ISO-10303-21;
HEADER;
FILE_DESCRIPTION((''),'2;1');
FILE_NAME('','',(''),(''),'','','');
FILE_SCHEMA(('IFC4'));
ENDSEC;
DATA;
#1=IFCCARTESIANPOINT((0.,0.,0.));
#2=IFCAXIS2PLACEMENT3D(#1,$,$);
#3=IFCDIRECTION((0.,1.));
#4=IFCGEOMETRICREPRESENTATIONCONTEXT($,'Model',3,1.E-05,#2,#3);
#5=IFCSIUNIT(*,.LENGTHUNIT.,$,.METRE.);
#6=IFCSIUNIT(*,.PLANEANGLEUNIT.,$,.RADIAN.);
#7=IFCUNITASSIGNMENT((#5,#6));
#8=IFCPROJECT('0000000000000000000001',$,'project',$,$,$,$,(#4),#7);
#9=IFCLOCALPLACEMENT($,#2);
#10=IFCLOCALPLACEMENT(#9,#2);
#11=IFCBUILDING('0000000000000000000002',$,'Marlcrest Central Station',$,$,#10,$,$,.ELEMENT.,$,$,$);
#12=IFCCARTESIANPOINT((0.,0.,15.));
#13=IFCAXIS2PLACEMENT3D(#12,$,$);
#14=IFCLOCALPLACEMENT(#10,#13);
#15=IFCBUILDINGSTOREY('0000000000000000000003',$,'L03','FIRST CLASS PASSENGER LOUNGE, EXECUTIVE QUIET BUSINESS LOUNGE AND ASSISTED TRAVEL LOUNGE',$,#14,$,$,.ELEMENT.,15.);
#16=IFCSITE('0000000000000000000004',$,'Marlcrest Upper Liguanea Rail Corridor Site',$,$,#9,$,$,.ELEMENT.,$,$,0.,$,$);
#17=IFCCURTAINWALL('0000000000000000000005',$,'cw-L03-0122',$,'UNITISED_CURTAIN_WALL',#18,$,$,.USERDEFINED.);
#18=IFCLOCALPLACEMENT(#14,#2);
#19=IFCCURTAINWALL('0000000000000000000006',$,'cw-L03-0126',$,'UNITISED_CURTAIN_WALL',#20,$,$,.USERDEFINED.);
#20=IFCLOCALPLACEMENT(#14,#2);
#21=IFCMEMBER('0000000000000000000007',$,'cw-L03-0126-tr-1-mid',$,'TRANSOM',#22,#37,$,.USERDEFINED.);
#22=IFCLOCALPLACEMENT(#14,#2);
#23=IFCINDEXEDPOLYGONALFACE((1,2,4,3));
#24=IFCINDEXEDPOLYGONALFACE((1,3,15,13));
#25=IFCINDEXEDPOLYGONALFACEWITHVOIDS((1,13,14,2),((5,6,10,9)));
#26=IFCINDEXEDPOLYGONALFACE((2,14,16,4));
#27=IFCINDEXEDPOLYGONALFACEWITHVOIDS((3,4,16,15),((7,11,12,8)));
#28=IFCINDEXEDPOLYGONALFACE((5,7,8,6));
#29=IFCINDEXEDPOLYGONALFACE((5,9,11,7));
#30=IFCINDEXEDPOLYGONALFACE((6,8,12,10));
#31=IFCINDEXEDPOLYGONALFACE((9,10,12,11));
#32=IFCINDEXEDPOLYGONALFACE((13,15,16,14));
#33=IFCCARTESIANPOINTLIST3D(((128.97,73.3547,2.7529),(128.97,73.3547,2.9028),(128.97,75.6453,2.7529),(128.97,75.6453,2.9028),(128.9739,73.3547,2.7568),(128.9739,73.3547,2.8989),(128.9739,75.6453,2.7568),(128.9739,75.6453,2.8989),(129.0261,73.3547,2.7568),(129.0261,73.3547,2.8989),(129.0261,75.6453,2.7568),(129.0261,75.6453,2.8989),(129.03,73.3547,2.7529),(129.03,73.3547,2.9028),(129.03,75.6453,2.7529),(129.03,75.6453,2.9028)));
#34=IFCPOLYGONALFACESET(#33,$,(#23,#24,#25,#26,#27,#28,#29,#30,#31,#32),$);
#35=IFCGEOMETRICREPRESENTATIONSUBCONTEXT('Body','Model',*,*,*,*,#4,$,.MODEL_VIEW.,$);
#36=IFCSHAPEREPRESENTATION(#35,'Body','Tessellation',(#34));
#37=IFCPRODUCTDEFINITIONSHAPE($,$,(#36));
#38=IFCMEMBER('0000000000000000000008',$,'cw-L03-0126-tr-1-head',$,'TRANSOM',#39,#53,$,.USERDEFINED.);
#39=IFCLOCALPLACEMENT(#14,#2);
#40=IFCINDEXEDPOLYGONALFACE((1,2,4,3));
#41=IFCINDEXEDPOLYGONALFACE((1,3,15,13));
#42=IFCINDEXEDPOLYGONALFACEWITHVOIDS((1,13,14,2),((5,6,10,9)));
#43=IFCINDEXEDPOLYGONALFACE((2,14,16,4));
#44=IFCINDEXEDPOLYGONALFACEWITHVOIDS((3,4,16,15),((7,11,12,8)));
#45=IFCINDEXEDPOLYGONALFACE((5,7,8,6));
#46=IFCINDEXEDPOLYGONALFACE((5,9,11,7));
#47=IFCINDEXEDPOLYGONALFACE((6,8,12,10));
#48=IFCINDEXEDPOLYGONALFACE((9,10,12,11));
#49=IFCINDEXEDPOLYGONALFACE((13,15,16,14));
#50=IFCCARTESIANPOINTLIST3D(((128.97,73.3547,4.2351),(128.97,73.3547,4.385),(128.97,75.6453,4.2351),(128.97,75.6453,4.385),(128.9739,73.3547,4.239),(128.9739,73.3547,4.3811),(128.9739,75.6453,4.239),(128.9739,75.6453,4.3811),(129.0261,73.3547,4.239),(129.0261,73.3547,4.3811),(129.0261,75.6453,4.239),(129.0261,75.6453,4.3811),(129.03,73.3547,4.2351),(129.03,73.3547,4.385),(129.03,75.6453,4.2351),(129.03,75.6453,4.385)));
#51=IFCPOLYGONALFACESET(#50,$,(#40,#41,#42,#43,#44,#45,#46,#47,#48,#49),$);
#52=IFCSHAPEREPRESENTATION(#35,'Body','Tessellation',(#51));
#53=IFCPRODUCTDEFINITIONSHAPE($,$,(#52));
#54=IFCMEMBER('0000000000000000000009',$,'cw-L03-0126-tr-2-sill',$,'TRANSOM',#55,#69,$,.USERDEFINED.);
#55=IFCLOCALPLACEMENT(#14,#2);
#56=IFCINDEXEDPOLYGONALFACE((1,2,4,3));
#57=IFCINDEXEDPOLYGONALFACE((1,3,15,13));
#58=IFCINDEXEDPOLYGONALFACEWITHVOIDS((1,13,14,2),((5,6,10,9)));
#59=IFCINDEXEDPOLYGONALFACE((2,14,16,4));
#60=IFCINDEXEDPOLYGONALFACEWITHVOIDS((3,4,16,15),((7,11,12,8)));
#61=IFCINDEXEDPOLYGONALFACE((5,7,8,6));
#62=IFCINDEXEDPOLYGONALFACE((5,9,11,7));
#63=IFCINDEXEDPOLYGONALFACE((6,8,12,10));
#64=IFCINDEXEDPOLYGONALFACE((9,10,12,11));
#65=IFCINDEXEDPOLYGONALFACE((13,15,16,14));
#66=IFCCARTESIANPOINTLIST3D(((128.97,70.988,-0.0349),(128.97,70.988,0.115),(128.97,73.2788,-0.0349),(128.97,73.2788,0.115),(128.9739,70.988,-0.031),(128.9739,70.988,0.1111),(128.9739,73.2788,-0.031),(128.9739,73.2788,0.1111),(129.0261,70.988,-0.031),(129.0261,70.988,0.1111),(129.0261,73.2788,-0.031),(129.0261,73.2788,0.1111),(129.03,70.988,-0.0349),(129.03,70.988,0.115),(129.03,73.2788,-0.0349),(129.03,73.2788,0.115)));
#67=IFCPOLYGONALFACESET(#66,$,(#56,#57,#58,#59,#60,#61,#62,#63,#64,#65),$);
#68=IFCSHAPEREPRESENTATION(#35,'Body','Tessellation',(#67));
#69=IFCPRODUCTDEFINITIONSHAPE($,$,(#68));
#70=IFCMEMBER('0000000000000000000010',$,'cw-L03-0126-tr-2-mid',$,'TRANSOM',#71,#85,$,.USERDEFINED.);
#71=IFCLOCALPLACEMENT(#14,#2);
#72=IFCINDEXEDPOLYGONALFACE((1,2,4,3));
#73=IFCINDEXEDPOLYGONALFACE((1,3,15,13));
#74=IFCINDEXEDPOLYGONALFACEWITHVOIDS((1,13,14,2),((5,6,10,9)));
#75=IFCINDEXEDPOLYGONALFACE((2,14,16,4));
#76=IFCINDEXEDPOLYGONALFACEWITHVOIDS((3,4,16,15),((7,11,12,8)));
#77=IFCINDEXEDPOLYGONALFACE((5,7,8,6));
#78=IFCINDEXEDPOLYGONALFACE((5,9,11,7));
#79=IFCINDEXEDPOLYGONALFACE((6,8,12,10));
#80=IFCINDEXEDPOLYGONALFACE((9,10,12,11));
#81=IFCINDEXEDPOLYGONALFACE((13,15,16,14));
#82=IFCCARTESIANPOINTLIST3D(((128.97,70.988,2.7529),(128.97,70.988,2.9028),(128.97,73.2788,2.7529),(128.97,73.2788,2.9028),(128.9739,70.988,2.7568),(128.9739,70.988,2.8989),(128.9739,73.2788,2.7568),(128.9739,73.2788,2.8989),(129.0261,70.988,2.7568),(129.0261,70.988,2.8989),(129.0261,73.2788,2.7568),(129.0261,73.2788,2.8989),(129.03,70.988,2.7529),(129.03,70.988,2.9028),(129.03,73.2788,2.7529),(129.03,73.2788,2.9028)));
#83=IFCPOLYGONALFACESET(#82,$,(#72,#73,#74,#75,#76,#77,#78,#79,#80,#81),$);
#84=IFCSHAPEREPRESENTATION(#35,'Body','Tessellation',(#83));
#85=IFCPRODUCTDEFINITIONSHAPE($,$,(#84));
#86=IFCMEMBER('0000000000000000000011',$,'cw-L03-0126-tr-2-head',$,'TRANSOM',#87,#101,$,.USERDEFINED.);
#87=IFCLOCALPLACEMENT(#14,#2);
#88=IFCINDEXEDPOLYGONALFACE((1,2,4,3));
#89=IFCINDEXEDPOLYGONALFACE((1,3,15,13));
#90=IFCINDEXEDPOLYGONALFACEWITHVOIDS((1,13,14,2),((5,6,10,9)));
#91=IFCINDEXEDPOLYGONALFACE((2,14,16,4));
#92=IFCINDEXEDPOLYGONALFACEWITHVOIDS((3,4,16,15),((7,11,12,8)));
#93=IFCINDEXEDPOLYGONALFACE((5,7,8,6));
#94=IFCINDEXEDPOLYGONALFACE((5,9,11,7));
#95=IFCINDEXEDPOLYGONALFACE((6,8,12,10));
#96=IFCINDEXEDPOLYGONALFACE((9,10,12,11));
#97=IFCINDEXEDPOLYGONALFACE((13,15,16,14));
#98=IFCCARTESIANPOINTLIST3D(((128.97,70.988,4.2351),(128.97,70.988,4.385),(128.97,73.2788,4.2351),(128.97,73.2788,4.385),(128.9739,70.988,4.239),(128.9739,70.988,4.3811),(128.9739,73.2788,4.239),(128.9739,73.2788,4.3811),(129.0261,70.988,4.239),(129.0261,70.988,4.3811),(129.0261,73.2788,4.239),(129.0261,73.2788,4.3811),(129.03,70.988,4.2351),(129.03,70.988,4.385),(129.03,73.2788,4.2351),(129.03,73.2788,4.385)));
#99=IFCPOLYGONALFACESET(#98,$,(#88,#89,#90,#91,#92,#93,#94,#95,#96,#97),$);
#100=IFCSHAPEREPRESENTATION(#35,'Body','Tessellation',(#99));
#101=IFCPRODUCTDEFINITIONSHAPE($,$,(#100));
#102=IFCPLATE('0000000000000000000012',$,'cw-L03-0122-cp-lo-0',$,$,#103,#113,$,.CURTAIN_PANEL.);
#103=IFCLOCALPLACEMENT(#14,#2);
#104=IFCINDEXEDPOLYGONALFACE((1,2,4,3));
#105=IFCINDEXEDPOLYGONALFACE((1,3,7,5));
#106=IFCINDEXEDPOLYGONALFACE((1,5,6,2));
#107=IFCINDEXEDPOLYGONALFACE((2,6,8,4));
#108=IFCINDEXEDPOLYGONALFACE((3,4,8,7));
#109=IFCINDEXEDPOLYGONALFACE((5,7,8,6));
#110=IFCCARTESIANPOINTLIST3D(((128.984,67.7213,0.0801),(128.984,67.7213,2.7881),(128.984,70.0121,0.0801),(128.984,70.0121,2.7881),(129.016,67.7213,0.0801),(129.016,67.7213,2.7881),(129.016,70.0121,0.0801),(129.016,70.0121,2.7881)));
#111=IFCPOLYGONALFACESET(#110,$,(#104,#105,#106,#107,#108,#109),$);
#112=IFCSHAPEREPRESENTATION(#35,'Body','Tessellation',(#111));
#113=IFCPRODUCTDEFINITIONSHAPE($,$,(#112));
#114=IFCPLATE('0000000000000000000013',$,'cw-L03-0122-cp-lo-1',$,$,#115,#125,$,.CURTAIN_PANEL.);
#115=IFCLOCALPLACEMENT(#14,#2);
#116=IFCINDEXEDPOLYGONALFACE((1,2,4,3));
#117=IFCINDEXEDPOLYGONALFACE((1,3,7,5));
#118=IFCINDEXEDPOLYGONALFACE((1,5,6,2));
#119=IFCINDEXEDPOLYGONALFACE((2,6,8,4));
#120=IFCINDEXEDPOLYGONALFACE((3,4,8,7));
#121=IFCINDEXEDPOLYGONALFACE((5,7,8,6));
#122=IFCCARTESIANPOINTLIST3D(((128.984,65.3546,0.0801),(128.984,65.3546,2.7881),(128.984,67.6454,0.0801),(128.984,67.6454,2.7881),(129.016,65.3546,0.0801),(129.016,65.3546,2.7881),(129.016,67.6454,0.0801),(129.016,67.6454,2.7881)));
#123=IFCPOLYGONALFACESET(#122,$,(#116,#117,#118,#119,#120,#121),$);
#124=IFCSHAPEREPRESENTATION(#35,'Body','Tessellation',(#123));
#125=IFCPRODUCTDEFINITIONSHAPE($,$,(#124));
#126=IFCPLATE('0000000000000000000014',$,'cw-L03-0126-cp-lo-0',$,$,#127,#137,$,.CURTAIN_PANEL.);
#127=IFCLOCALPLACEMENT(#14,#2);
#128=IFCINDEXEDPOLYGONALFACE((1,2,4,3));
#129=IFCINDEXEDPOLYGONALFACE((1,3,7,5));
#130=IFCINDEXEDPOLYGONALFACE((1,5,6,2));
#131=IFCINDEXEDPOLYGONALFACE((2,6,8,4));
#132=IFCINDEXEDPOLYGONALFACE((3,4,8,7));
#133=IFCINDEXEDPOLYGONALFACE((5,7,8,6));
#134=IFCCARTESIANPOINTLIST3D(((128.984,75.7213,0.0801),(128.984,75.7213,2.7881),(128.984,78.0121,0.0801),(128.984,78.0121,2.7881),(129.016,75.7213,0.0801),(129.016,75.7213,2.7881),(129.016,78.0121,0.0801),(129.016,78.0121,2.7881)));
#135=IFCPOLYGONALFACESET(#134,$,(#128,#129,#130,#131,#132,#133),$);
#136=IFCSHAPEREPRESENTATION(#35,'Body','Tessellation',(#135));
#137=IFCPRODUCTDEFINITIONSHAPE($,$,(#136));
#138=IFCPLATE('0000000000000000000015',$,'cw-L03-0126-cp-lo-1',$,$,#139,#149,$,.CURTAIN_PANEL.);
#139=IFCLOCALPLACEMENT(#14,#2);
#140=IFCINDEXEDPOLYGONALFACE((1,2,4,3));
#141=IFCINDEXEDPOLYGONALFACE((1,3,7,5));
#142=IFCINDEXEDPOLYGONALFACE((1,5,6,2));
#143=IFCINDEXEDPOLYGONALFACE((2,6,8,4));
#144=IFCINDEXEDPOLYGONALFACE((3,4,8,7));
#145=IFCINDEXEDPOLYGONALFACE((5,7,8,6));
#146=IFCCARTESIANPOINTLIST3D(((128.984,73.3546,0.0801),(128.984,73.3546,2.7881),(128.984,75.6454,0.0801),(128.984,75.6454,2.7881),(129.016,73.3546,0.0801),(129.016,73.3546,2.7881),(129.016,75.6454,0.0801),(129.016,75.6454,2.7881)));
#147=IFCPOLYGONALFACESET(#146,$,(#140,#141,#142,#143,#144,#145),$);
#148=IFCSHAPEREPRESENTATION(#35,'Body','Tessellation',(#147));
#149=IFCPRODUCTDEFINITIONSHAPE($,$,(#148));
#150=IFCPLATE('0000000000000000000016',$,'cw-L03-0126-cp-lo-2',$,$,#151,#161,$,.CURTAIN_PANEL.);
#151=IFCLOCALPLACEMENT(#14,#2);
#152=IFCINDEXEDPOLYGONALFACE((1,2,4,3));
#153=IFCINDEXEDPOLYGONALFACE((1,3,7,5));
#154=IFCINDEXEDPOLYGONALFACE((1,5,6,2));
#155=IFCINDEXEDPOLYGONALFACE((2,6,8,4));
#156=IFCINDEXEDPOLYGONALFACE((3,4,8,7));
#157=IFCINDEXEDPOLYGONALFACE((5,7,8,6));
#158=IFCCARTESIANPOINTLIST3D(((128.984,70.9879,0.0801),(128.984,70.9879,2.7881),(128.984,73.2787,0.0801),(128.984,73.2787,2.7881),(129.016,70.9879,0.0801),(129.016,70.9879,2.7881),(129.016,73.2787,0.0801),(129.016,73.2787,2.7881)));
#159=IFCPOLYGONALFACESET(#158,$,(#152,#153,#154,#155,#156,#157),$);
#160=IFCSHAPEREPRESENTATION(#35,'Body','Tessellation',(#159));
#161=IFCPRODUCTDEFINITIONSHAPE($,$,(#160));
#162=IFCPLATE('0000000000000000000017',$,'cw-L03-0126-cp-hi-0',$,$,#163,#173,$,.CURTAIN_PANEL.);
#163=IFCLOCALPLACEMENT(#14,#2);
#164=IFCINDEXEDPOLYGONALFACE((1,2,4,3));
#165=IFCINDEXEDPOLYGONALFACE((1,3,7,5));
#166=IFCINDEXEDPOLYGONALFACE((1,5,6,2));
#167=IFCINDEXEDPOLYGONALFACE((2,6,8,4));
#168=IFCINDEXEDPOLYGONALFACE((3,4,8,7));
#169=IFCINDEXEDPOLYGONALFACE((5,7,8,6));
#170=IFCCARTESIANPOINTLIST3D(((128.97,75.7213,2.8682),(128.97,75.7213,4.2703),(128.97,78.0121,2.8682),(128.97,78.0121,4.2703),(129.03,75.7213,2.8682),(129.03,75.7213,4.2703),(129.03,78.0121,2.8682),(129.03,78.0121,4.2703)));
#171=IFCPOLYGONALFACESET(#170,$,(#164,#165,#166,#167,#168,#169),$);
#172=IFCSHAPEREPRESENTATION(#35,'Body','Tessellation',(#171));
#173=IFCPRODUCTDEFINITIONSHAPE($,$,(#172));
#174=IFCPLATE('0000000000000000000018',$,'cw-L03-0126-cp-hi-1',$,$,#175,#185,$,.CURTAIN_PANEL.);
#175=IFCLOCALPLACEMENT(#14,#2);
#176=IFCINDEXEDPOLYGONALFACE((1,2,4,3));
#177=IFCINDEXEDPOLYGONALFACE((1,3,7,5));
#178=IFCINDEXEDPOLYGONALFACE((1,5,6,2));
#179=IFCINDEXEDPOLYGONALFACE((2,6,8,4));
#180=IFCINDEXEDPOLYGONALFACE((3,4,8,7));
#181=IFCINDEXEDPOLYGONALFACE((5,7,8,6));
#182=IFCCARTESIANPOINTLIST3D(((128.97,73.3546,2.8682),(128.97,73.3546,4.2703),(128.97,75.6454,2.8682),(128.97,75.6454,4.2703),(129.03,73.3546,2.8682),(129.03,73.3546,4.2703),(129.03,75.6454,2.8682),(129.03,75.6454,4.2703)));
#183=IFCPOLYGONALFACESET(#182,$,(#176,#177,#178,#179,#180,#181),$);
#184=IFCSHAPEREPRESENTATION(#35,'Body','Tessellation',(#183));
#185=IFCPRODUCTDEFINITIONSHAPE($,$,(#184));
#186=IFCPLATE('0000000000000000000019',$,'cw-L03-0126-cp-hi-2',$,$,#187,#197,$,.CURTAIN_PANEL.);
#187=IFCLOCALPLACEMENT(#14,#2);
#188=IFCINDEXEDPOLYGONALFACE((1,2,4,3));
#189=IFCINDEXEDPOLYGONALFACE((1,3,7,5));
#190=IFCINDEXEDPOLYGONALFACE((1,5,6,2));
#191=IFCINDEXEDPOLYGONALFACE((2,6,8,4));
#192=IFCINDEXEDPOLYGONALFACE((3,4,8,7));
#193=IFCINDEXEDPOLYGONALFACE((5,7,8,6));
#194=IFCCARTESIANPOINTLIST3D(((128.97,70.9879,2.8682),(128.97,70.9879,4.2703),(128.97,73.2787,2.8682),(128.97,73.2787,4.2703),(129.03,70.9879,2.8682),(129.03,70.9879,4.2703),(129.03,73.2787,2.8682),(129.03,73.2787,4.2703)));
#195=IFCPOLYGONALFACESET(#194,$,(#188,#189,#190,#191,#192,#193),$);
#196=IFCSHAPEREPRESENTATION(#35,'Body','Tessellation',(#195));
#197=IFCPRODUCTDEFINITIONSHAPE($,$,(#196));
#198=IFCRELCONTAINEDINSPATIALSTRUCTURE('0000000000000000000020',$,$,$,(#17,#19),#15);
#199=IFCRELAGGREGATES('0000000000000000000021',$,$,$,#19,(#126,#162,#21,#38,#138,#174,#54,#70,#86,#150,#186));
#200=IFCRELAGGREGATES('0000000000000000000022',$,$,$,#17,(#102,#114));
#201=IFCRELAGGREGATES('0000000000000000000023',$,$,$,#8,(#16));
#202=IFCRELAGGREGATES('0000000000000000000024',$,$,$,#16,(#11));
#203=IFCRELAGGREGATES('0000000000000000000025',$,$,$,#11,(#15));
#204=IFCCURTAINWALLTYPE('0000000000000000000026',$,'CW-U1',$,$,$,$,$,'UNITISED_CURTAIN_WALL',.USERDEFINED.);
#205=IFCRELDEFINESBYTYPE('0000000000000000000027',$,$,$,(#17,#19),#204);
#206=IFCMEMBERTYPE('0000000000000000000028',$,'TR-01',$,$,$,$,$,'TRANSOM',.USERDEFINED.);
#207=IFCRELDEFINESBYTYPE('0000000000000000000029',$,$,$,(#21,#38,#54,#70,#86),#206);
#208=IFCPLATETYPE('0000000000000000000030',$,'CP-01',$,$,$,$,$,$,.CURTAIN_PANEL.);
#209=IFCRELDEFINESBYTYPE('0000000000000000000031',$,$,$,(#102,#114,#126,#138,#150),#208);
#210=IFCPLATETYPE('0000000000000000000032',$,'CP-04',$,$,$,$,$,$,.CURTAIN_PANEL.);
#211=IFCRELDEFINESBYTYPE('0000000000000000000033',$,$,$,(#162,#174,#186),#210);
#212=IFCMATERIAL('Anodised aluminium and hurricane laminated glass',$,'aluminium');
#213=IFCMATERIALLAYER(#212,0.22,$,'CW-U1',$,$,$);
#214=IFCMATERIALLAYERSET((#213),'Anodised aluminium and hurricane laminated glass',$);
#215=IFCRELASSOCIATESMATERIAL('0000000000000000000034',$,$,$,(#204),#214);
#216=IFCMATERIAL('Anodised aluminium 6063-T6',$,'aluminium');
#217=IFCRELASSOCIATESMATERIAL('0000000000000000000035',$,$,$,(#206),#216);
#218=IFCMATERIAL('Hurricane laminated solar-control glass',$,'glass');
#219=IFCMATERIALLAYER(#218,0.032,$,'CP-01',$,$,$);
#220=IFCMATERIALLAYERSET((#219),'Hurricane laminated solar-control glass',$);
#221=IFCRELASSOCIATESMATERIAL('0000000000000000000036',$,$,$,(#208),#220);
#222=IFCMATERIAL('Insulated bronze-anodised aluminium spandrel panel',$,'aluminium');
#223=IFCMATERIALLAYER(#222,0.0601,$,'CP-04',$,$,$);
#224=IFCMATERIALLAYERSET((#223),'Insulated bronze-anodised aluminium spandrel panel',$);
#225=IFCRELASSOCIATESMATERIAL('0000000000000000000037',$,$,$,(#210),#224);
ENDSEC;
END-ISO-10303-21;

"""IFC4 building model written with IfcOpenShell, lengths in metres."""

from ifc_helpers import new_model, si_unit, direction, frame, origin, origin_2d, place, context, subcontext, project, spatial, rectangle, hollow_rectangle, extrude, material, layer, layer_set, material_profile, profile_set, type_object, element, aggregate, save


model = new_model("IFC4")

# Units and contexts
model_context = context("Model", 3, precision=1e-05, world=origin(), true_north=direction((0.0, 1.0)))
body_context = subcontext(model_context, "Body", "Model", "MODEL_VIEW")
ifc_project = project(units=[si_unit("LENGTHUNIT", "METRE"), si_unit("PLANEANGLEUNIT", "RADIAN")], contexts=[model_context])

# Site, building, storey
site_placement = place(None, origin())
site = spatial("IfcSite", under=ifc_project, at=site_placement, Name="Marlcrest Upper Liguanea Rail Corridor Site", CompositionType="ELEMENT", RefElevation=0.0)
building_placement = place(site_placement, origin())
building = spatial("IfcBuilding", under=site, at=building_placement, Name="Marlcrest Central Station", CompositionType="ELEMENT")
storey_placement = place(building_placement, frame((0.0, 0.0, 15.0)))
storey = spatial("IfcBuildingStorey", under=building, at=storey_placement, Name="L03", Description="FIRST CLASS PASSENGER LOUNGE, EXECUTIVE QUIET BUSINESS LOUNGE AND ASSISTED TRAVEL LOUNGE", CompositionType="ELEMENT", Elevation=15.0)

# Curtain walls
ifc_material_1 = material(Name="Anodised aluminium and hurricane laminated glass", Category="aluminium")
ifc_layer_1 = layer(ifc_material_1, 0.22, Name="CW-U1")
ifc_layer_set_1 = layer_set([ifc_layer_1], Name="Anodised aluminium and hurricane laminated glass")
curtain_wall_type = type_object("IfcCurtainWallType", Name="CW-U1", ElementType="UNITISED_CURTAIN_WALL", PredefinedType="USERDEFINED", material=ifc_layer_set_1)
curtain_wall_1_placement = place(storey_placement, origin())
curtain_wall_1 = element("IfcCurtainWall", 1, at=curtain_wall_1_placement, inside=storey, type_object=curtain_wall_type, Name="cw-L03-0122", ObjectType="UNITISED_CURTAIN_WALL", PredefinedType="USERDEFINED")
ifc_material_2 = material(Name="Anodised aluminium 6063-T6", Category="aluminium")
curtain_wall_2_placement = place(storey_placement, origin())
curtain_wall_2 = element("IfcCurtainWall", 2, at=curtain_wall_2_placement, inside=storey, type_object=curtain_wall_type, Name="cw-L03-0126", ObjectType="UNITISED_CURTAIN_WALL", PredefinedType="USERDEFINED")

# Members
ifc_material_profile_1 = material_profile(ifc_material_2, hollow_rectangle(XDim=0.0601, YDim=0.1499, WallThickness=0.0039, at=origin_2d()), Name="AA-RHS 150x60x4")
ifc_profile_set_1 = profile_set([ifc_material_profile_1], Name="Anodised aluminium 6063-T6")
member_type_1 = type_object("IfcMemberType", Name="TR-01", ElementType="TRANSOM", PredefinedType="USERDEFINED", material=ifc_profile_set_1)
member_1_placement = place(storey_placement, frame((129.0, 75.6453, 2.8279), z_axis=(0.0, -1.0, 0.0), x_axis=(1.0, 0.0, 0.0)))
member_1 = element("IfcMember", 3, at=member_1_placement, type_object=member_type_1, Name="cw-L03-0126-tr-1-mid", ObjectType="TRANSOM", PredefinedType="USERDEFINED", context=body_context, shape_type="SweptSolid", body=[
    extrude(hollow_rectangle(XDim=0.0601, YDim=0.1499, WallThickness=0.0039, at=origin_2d()), origin(), (0.0, 0.0, 1.0), 2.2905),
])
member_2_placement = place(storey_placement, frame((129.0, 75.6453, 4.3101), z_axis=(0.0, -1.0, 0.0), x_axis=(1.0, 0.0, 0.0)))
member_2 = element("IfcMember", 4, at=member_2_placement, type_object=member_type_1, Name="cw-L03-0126-tr-1-head", ObjectType="TRANSOM", PredefinedType="USERDEFINED", context=body_context, shape_type="SweptSolid", body=[
    extrude(hollow_rectangle(XDim=0.0601, YDim=0.1499, WallThickness=0.0039, at=origin_2d()), origin(), (0.0, 0.0, 1.0), 2.2905),
])
member_3_placement = place(storey_placement, frame((129.0, 73.2788, 0.04), z_axis=(0.0, -1.0, 0.0), x_axis=(1.0, 0.0, 0.0)))
member_3 = element("IfcMember", 5, at=member_3_placement, type_object=member_type_1, Name="cw-L03-0126-tr-2-sill", ObjectType="TRANSOM", PredefinedType="USERDEFINED", context=body_context, shape_type="SweptSolid", body=[
    extrude(hollow_rectangle(XDim=0.0601, YDim=0.1499, WallThickness=0.0039, at=origin_2d()), origin(), (0.0, 0.0, 1.0), 2.2908),
])
member_4_placement = place(storey_placement, frame((129.0, 73.2788, 2.8279), z_axis=(0.0, -1.0, 0.0), x_axis=(1.0, 0.0, 0.0)))
member_4 = element("IfcMember", 6, at=member_4_placement, type_object=member_type_1, Name="cw-L03-0126-tr-2-mid", ObjectType="TRANSOM", PredefinedType="USERDEFINED", context=body_context, shape_type="SweptSolid", body=[
    extrude(hollow_rectangle(XDim=0.0601, YDim=0.1499, WallThickness=0.0039, at=origin_2d()), origin(), (0.0, 0.0, 1.0), 2.2908),
])
member_5_placement = place(storey_placement, frame((129.0, 73.2788, 4.3101), z_axis=(0.0, -1.0, 0.0), x_axis=(1.0, 0.0, 0.0)))
member_5 = element("IfcMember", 7, at=member_5_placement, type_object=member_type_1, Name="cw-L03-0126-tr-2-head", ObjectType="TRANSOM", PredefinedType="USERDEFINED", context=body_context, shape_type="SweptSolid", body=[
    extrude(hollow_rectangle(XDim=0.0601, YDim=0.1499, WallThickness=0.0039, at=origin_2d()), origin(), (0.0, 0.0, 1.0), 2.2908),
])

# Plates
ifc_material_3 = material(Name="Hurricane laminated solar-control glass", Category="glass")
ifc_layer_2 = layer(ifc_material_3, 0.032, Name="CP-01")
ifc_layer_set_2 = layer_set([ifc_layer_2], Name="Hurricane laminated solar-control glass")
plate_type_1 = type_object("IfcPlateType", Name="CP-01", PredefinedType="CURTAIN_PANEL", material=ifc_layer_set_2)
plate_1_placement = place(storey_placement, frame((129.0, 68.8667, 0.0801), z_axis=(0.0, 0.0, 1.0), x_axis=(0.0, -1.0, 0.0)))
plate_1 = element("IfcPlate", 8, at=plate_1_placement, type_object=plate_type_1, Name="cw-L03-0122-cp-lo-0", PredefinedType="CURTAIN_PANEL", context=body_context, shape_type="SweptSolid", body=[
    extrude(rectangle(XDim=2.2908, YDim=0.032, at=origin_2d()), origin(), (0.0, 0.0, 1.0), 2.708),
])
plate_2_placement = place(storey_placement, frame((129.0, 66.5, 0.0801), z_axis=(0.0, 0.0, 1.0), x_axis=(0.0, -1.0, 0.0)))
plate_2 = element("IfcPlate", 9, at=plate_2_placement, type_object=plate_type_1, Name="cw-L03-0122-cp-lo-1", PredefinedType="CURTAIN_PANEL", context=body_context, shape_type="SweptSolid", body=[
    extrude(rectangle(XDim=2.2908, YDim=0.032, at=origin_2d()), origin(), (0.0, 0.0, 1.0), 2.708),
])
plate_3_placement = place(storey_placement, frame((129.0, 76.8667, 0.0801), z_axis=(0.0, 0.0, 1.0), x_axis=(0.0, -1.0, 0.0)))
plate_3 = element("IfcPlate", 10, at=plate_3_placement, type_object=plate_type_1, Name="cw-L03-0126-cp-lo-0", PredefinedType="CURTAIN_PANEL", context=body_context, shape_type="SweptSolid", body=[
    extrude(rectangle(XDim=2.2908, YDim=0.032, at=origin_2d()), origin(), (0.0, 0.0, 1.0), 2.708),
])
plate_4_placement = place(storey_placement, frame((129.0, 74.5, 0.0801), z_axis=(0.0, 0.0, 1.0), x_axis=(0.0, -1.0, 0.0)))
plate_4 = element("IfcPlate", 11, at=plate_4_placement, type_object=plate_type_1, Name="cw-L03-0126-cp-lo-1", PredefinedType="CURTAIN_PANEL", context=body_context, shape_type="SweptSolid", body=[
    extrude(rectangle(XDim=2.2908, YDim=0.032, at=origin_2d()), origin(), (0.0, 0.0, 1.0), 2.708),
])
plate_5_placement = place(storey_placement, frame((129.0, 72.1333, 0.0801), z_axis=(0.0, 0.0, 1.0), x_axis=(0.0, -1.0, 0.0)))
plate_5 = element("IfcPlate", 12, at=plate_5_placement, type_object=plate_type_1, Name="cw-L03-0126-cp-lo-2", PredefinedType="CURTAIN_PANEL", context=body_context, shape_type="SweptSolid", body=[
    extrude(rectangle(XDim=2.2908, YDim=0.032, at=origin_2d()), origin(), (0.0, 0.0, 1.0), 2.708),
])
ifc_material_4 = material(Name="Insulated bronze-anodised aluminium spandrel panel", Category="aluminium")
ifc_layer_3 = layer(ifc_material_4, 0.0601, Name="CP-04")
ifc_layer_set_3 = layer_set([ifc_layer_3], Name="Insulated bronze-anodised aluminium spandrel panel")
plate_type_2 = type_object("IfcPlateType", Name="CP-04", PredefinedType="CURTAIN_PANEL", material=ifc_layer_set_3)
plate_6_placement = place(storey_placement, frame((129.0, 76.8667, 2.8682), z_axis=(0.0, 0.0, 1.0), x_axis=(0.0, -1.0, 0.0)))
plate_6 = element("IfcPlate", 13, at=plate_6_placement, type_object=plate_type_2, Name="cw-L03-0126-cp-hi-0", PredefinedType="CURTAIN_PANEL", context=body_context, shape_type="SweptSolid", body=[
    extrude(rectangle(XDim=2.2908, YDim=0.0601, at=origin_2d()), origin(), (0.0, 0.0, 1.0), 1.4021),
])
plate_7_placement = place(storey_placement, frame((129.0, 74.5, 2.8682), z_axis=(0.0, 0.0, 1.0), x_axis=(0.0, -1.0, 0.0)))
plate_7 = element("IfcPlate", 14, at=plate_7_placement, type_object=plate_type_2, Name="cw-L03-0126-cp-hi-1", PredefinedType="CURTAIN_PANEL", context=body_context, shape_type="SweptSolid", body=[
    extrude(rectangle(XDim=2.2908, YDim=0.0601, at=origin_2d()), origin(), (0.0, 0.0, 1.0), 1.4021),
])
plate_8_placement = place(storey_placement, frame((129.0, 72.1333, 2.8682), z_axis=(0.0, 0.0, 1.0), x_axis=(0.0, -1.0, 0.0)))
plate_8 = element("IfcPlate", 15, at=plate_8_placement, type_object=plate_type_2, Name="cw-L03-0126-cp-hi-2", PredefinedType="CURTAIN_PANEL", context=body_context, shape_type="SweptSolid", body=[
    extrude(rectangle(XDim=2.2908, YDim=0.0601, at=origin_2d()), origin(), (0.0, 0.0, 1.0), 1.4021),
])
aggregate(curtain_wall_2, [plate_3, plate_6, member_1, member_2, plate_4, plate_7, member_3, member_4, member_5, plate_5, plate_8])
aggregate(curtain_wall_1, [plate_1, plate_2])

save(model, "model.ifc")
